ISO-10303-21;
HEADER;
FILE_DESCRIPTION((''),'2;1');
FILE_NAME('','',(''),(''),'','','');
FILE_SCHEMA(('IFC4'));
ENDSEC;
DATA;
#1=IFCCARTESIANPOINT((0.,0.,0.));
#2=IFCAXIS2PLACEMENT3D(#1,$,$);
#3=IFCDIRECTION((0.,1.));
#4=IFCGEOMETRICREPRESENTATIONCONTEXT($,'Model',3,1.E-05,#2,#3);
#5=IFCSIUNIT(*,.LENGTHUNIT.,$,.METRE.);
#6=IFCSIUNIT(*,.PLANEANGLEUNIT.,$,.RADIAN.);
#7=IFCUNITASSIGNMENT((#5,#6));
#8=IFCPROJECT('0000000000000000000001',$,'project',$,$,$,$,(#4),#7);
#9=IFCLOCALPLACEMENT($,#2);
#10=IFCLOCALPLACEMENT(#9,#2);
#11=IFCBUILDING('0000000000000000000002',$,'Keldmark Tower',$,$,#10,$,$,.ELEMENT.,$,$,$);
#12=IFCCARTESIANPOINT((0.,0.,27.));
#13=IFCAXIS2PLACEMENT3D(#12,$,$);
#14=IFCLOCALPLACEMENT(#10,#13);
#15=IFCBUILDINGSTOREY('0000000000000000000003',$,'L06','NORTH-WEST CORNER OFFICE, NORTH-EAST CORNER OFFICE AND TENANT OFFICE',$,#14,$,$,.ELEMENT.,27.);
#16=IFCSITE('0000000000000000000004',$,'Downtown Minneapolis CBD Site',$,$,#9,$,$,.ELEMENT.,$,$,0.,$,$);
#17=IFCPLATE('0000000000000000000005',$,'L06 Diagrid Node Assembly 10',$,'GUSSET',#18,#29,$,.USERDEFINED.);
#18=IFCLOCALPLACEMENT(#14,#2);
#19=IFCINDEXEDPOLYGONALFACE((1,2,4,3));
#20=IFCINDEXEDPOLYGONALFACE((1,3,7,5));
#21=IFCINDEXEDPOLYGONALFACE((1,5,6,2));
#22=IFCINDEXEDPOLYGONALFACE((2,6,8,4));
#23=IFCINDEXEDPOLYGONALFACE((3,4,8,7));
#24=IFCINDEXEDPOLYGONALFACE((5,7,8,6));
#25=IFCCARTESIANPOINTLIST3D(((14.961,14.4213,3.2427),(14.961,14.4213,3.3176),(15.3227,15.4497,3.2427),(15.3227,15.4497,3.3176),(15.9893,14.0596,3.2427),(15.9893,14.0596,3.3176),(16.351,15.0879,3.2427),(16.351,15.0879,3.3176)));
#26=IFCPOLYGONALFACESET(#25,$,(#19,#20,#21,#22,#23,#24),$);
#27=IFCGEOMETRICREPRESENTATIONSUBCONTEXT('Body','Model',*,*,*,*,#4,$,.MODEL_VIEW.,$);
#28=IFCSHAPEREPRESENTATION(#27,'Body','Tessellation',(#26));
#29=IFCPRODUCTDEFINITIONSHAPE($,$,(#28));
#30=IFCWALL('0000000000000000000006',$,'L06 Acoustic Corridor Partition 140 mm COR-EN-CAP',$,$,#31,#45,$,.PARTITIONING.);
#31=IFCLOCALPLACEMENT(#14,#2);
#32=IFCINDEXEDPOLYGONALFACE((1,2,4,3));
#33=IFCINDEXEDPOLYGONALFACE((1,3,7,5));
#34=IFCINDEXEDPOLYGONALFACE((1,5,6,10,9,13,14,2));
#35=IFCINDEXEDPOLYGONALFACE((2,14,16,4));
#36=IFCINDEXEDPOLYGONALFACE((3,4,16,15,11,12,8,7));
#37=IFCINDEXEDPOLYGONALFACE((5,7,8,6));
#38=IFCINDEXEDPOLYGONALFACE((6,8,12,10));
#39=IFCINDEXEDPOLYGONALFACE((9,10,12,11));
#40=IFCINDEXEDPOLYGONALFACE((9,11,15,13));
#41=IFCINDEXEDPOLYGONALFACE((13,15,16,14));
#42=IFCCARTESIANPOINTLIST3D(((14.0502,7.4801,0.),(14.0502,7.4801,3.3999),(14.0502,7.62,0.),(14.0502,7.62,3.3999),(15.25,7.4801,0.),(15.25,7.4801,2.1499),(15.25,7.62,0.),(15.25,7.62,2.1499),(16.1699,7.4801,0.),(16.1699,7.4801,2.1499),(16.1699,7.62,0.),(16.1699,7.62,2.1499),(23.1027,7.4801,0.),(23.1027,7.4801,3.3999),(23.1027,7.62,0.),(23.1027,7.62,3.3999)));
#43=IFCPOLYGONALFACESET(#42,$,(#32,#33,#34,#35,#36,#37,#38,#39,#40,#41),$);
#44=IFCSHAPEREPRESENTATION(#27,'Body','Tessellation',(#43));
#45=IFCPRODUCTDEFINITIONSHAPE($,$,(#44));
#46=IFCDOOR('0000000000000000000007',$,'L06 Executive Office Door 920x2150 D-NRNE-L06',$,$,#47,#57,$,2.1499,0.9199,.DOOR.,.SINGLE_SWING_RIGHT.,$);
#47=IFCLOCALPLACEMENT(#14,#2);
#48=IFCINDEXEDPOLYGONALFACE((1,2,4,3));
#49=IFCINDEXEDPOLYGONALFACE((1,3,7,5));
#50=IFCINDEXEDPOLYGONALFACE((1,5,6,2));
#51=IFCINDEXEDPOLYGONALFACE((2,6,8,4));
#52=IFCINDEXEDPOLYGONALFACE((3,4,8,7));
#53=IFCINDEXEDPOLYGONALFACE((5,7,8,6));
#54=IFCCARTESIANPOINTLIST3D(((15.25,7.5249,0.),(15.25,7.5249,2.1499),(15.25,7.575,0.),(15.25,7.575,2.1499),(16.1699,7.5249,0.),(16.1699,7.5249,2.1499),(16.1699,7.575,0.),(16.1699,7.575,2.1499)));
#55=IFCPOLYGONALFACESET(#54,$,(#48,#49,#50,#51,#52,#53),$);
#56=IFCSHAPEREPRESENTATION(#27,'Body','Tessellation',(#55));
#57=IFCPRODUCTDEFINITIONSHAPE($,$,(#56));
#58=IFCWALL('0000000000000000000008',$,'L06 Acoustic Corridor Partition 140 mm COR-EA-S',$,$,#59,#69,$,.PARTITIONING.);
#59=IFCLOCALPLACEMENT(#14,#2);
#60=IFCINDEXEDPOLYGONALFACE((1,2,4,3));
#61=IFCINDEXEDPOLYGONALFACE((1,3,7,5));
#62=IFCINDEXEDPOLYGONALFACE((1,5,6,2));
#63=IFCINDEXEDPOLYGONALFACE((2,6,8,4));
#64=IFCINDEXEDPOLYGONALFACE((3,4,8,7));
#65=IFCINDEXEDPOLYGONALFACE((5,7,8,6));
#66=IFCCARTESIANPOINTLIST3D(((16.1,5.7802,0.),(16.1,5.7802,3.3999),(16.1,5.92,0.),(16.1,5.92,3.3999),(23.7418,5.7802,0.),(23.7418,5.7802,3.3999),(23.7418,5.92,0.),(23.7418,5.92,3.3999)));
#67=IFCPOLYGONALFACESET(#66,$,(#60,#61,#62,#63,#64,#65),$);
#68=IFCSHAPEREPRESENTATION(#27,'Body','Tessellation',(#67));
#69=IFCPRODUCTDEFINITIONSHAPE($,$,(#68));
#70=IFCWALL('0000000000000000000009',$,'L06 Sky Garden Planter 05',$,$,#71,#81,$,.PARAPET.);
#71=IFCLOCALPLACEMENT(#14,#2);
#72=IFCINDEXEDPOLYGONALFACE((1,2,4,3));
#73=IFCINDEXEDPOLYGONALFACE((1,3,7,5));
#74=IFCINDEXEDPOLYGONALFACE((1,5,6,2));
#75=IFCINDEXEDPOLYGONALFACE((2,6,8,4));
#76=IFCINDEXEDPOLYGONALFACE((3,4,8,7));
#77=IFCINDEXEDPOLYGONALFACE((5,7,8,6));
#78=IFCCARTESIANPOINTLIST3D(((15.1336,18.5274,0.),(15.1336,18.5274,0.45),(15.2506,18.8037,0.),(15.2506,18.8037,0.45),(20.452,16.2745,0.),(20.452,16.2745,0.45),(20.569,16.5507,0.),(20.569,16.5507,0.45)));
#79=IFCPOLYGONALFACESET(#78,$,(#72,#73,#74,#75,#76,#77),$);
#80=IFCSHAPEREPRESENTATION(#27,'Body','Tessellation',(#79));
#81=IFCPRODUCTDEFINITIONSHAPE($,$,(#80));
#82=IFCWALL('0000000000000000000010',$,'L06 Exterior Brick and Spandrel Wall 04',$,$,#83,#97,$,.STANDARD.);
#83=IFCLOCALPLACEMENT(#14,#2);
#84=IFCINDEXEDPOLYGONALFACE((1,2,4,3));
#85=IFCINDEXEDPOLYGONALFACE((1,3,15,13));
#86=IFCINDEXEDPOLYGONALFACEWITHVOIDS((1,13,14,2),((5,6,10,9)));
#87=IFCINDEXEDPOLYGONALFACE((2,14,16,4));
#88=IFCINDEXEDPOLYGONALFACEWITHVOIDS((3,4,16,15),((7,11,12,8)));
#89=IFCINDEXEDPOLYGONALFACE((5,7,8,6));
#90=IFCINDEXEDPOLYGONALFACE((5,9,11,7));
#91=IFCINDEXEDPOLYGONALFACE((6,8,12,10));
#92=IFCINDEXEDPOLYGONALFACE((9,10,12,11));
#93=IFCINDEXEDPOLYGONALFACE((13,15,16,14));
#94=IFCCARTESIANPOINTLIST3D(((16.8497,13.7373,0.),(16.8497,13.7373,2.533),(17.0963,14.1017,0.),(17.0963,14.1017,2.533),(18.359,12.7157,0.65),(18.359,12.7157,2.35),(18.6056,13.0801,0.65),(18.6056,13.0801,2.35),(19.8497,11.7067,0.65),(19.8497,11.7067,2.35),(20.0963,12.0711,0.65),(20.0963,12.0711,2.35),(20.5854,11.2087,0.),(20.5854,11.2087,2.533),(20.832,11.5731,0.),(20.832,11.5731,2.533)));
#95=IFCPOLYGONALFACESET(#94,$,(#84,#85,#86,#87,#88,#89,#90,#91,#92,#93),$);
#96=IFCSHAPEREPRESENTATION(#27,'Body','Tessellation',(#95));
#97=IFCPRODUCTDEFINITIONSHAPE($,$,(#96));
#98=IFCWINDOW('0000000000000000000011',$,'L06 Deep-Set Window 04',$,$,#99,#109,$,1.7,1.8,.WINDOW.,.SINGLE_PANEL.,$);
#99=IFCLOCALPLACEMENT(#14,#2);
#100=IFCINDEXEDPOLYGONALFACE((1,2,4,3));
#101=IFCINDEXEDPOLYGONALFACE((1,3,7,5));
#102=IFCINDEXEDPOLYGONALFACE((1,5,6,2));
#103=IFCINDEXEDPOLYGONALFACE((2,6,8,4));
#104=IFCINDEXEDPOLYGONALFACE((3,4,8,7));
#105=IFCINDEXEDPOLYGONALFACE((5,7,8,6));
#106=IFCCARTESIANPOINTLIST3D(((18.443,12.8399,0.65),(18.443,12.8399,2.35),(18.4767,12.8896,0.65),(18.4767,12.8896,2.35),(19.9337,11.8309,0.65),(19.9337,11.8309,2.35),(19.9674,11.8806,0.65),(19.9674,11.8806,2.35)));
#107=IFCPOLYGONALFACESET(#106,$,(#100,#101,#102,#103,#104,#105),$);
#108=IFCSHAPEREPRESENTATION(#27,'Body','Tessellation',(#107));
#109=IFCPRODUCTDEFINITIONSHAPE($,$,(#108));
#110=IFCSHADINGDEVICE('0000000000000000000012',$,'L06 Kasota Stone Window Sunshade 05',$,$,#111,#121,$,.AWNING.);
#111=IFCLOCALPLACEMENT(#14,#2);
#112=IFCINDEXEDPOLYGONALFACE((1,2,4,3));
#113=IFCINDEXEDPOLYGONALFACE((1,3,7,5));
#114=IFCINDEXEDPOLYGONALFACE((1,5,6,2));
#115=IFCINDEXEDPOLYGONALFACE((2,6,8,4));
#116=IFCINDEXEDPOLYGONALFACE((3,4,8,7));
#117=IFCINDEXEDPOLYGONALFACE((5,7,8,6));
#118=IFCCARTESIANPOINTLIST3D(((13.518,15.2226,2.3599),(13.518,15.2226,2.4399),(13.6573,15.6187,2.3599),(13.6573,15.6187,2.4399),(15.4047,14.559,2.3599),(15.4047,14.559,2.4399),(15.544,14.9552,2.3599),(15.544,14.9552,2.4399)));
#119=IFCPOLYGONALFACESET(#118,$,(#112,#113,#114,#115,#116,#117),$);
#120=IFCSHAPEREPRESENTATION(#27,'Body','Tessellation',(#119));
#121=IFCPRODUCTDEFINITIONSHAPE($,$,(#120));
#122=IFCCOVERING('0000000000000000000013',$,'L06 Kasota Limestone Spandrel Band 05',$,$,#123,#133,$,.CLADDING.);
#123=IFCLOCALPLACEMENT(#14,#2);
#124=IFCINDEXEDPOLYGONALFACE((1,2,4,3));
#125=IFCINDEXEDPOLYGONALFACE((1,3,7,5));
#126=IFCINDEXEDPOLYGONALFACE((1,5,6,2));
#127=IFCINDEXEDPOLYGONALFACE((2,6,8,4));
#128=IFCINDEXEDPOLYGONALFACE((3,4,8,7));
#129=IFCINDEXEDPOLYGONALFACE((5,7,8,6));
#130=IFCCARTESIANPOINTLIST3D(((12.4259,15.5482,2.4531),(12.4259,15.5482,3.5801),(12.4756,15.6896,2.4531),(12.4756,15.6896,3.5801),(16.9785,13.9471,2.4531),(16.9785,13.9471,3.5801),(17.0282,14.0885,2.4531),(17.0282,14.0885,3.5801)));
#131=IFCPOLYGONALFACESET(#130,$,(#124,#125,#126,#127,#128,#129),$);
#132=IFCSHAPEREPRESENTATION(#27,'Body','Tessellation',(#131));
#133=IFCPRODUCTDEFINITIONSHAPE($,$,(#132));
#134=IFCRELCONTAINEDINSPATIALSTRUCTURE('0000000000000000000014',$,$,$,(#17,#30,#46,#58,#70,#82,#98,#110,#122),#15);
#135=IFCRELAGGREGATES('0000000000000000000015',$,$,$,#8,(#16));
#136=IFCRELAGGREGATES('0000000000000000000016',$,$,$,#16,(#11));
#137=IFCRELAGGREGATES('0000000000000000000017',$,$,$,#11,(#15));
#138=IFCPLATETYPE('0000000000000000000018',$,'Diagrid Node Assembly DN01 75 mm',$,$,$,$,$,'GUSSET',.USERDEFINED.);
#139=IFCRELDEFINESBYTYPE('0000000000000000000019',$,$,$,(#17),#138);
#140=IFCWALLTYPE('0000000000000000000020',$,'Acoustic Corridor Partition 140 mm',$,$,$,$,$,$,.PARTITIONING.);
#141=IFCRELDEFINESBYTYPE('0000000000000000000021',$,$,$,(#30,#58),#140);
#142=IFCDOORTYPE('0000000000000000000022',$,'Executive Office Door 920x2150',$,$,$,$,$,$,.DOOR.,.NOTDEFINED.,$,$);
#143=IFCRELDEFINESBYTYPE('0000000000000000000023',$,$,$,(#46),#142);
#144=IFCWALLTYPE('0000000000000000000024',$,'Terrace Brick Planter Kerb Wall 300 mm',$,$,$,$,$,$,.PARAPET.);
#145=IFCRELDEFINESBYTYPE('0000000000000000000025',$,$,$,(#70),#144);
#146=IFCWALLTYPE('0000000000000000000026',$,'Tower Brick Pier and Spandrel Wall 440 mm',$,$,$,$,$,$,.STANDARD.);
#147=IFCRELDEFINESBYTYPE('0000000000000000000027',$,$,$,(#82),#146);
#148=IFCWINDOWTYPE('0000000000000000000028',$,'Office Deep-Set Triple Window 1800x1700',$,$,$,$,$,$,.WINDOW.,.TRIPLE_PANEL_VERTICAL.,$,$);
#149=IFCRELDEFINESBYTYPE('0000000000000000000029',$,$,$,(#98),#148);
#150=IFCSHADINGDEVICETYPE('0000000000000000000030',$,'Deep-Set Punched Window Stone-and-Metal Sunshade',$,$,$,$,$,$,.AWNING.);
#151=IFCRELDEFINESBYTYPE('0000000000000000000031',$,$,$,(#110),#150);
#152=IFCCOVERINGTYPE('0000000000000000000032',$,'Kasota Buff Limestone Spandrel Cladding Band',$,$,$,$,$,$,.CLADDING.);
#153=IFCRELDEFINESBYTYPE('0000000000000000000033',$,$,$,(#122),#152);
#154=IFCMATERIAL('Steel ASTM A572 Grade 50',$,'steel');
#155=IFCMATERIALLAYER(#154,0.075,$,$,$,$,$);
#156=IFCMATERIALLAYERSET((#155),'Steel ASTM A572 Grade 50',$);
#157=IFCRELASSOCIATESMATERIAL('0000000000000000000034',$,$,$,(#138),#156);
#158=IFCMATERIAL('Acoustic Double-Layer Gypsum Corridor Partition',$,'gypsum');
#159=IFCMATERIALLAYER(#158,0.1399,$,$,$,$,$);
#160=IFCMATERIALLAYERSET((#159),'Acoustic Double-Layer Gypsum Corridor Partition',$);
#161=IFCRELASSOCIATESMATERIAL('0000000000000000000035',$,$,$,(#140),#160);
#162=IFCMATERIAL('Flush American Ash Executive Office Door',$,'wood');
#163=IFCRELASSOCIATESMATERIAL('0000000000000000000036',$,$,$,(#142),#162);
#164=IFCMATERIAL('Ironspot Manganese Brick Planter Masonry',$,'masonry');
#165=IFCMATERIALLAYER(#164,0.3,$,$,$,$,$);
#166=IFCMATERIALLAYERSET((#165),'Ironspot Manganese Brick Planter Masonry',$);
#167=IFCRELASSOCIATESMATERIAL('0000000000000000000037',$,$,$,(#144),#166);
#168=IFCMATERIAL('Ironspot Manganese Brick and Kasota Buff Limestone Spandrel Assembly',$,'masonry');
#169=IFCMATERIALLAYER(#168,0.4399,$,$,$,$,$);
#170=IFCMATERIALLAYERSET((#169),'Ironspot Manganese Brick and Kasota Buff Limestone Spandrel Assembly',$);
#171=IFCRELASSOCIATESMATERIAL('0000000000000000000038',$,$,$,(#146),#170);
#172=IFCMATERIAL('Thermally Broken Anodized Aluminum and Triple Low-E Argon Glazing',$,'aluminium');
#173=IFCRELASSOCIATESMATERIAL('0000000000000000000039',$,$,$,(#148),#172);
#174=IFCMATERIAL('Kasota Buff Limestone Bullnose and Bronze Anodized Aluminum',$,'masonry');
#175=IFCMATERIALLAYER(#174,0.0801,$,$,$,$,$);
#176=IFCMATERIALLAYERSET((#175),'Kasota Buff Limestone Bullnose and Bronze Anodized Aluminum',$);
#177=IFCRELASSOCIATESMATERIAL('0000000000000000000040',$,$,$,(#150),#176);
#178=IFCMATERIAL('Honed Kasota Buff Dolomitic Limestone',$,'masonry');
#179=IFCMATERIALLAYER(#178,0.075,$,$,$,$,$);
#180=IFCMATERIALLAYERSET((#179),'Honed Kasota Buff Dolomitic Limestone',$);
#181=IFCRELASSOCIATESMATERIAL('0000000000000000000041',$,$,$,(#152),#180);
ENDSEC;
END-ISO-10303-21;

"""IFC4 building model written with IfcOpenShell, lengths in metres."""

from ifc_helpers import new_model, si_unit, direction, frame, frame_2d, origin, origin_2d, place, context, subcontext, project, spatial, rectangle, extrude, material, layer, layer_set, type_object, element, fill, save


model = new_model("IFC4")

# Units and contexts
model_context = context("Model", 3, precision=1e-05, world=origin(), true_north=direction((0.0, 1.0)))
body_context = subcontext(model_context, "Body", "Model", "MODEL_VIEW")
ifc_project = project(units=[si_unit("LENGTHUNIT", "METRE"), si_unit("PLANEANGLEUNIT", "RADIAN")], contexts=[model_context])

# Site, building, storey
site_placement = place(None, origin())
site = spatial("IfcSite", under=ifc_project, at=site_placement, Name="Downtown Minneapolis CBD Site", CompositionType="ELEMENT", RefElevation=0.0)
building_placement = place(site_placement, origin())
building = spatial("IfcBuilding", under=site, at=building_placement, Name="Keldmark Tower", CompositionType="ELEMENT")
storey_placement = place(building_placement, frame((0.0, 0.0, 27.0)))
storey = spatial("IfcBuildingStorey", under=building, at=storey_placement, Name="L06", Description="NORTH-WEST CORNER OFFICE, NORTH-EAST CORNER OFFICE AND TENANT OFFICE", CompositionType="ELEMENT", Elevation=27.0)

# Plate
ifc_material_1 = material(Name="Steel ASTM A572 Grade 50", Category="steel")
ifc_layer_1 = layer(ifc_material_1, 0.075)
ifc_layer_set_1 = layer_set([ifc_layer_1], Name="Steel ASTM A572 Grade 50")
plate_type_1 = type_object("IfcPlateType", Name="Diagrid Node Assembly DN01 75 mm", ElementType="GUSSET", PredefinedType="USERDEFINED", material=ifc_layer_set_1)
for number, where, z_axis, x_axis, name in (
    (1, (15.656, 14.7546, 3.2427), (0.0, 0.0, 1.0), (-0.943339, 0.331832, 0.0), "L06 Diagrid Node Assembly 10"),
):
    element("IfcPlate", number, at=place(storey_placement, frame(where, z_axis=z_axis, x_axis=x_axis)), inside=storey, type_object=plate_type_1, Name=name, ObjectType="GUSSET", PredefinedType="USERDEFINED", context=body_context, shape_type="SweptSolid", body=[
        extrude(rectangle(XDim=1.0901, YDim=1.0901, at=origin_2d()), origin(), (0.0, 0.0, 1.0), 0.075),
    ])

# Wall, opening, door
ifc_material_2 = material(Name="Acoustic Double-Layer Gypsum Corridor Partition", Category="gypsum")
ifc_layer_2 = layer(ifc_material_2, 0.1399)
ifc_layer_set_2 = layer_set([ifc_layer_2], Name="Acoustic Double-Layer Gypsum Corridor Partition")
wall_type_1 = type_object("IfcWallType", Name="Acoustic Corridor Partition 140 mm", PredefinedType="PARTITIONING", material=ifc_layer_set_2)
wall_1_placement = place(storey_placement, frame((14.05, 7.55, 0.0), z_axis=(0.0, 0.0, 1.0), x_axis=(1.0, 0.0, 0.0)))
wall_1 = element("IfcWall", 2, at=wall_1_placement, inside=storey, type_object=wall_type_1, Name="L06 Acoustic Corridor Partition 140 mm COR-EN-CAP", PredefinedType="PARTITIONING", context=body_context, shape_type="SweptSolid", body=[
    extrude(rectangle(XDim=9.0525, YDim=0.1399, at=frame_2d((4.5264, 0.0))), origin(), (0.0, 0.0, 1.0), 3.3999),
])
opening_1_placement = place(wall_1_placement, frame((1.2, 0.0, 0.0)))
opening_1 = element("IfcOpeningElement", 3, at=opening_1_placement, cuts=wall_1, PredefinedType="OPENING", context=body_context, shape_type="SweptSolid", body=[
    extrude(rectangle(XDim=0.9199, YDim=2.1499, at=frame_2d((0.46, 1.075))), frame((0.0, 0.0798, 0.0), z_axis=(0.0, -1.0, 0.0), x_axis=(1.0, 0.0, 0.0)), (0.0, 0.0, 1.0), 0.1599),
])
ifc_material_3 = material(Name="Flush American Ash Executive Office Door", Category="wood")
door_type_1 = type_object("IfcDoorType", Name="Executive Office Door 920x2150", OperationType="NOTDEFINED", PredefinedType="DOOR", material=ifc_material_3)
door_1_placement = place(opening_1_placement, origin())
door_1 = element("IfcDoor", 4, at=door_1_placement, inside=storey, type_object=door_type_1, Name="L06 Executive Office Door 920x2150 D-NRNE-L06", OperationType="SINGLE_SWING_RIGHT", OverallHeight=2.1499, OverallWidth=0.9199, PredefinedType="DOOR", context=body_context, shape_type="SweptSolid", body=[
    extrude(rectangle(XDim=0.9199, YDim=2.1499, at=frame_2d((0.46, 1.075))), frame((0.0, 0.0249, 0.0), z_axis=(0.0, -1.0, 0.0), x_axis=(1.0, 0.0, 0.0)), (0.0, 0.0, 1.0), 0.05),
])
fill(opening_1, door_1)

# Wall
wall_2_placement = place(storey_placement, frame((16.1001, 5.8501, 0.0), z_axis=(0.0, 0.0, 1.0), x_axis=(1.0, 0.0, 0.0)))
element("IfcWall", 5, at=wall_2_placement, inside=storey, type_object=wall_type_1, Name="L06 Acoustic Corridor Partition 140 mm COR-EA-S", PredefinedType="PARTITIONING", context=body_context, shape_type="SweptSolid", body=[
    extrude(rectangle(XDim=7.6418, YDim=0.1399, at=frame_2d((3.8208, 0.0))), origin(), (0.0, 0.0, 1.0), 3.3999),
])

# Wall
ifc_material_4 = material(Name="Ironspot Manganese Brick Planter Masonry", Category="masonry")
ifc_layer_3 = layer(ifc_material_4, 0.3)
ifc_layer_set_3 = layer_set([ifc_layer_3], Name="Ironspot Manganese Brick Planter Masonry")
wall_type_2 = type_object("IfcWallType", Name="Terrace Brick Planter Kerb Wall 300 mm", PredefinedType="PARAPET", material=ifc_layer_set_3)
wall_3_placement = place(storey_placement, frame((20.5105, 16.4126, 0.0), z_axis=(0.0, 0.0, 1.0), x_axis=(-0.92079, 0.390059, 0.0)))
element("IfcWall", 6, at=wall_3_placement, inside=storey, type_object=wall_type_2, Name="L06 Sky Garden Planter 05", PredefinedType="PARAPET", context=body_context, shape_type="SweptSolid", body=[
    extrude(rectangle(XDim=5.7759, YDim=0.3, at=frame_2d((2.8879, 0.0))), origin(), (0.0, 0.0, 1.0), 0.45),
])

# Wall, opening, window
ifc_material_5 = material(Name="Ironspot Manganese Brick and Kasota Buff Limestone Spandrel Assembly", Category="masonry")
ifc_layer_4 = layer(ifc_material_5, 0.4399)
ifc_layer_set_4 = layer_set([ifc_layer_4], Name="Ironspot Manganese Brick and Kasota Buff Limestone Spandrel Assembly")
wall_type_3 = type_object("IfcWallType", Name="Tower Brick Pier and Spandrel Wall 440 mm", PredefinedType="STANDARD", material=ifc_layer_set_4)
wall_4_placement = place(storey_placement, frame((16.9731, 13.9194, 0.0), z_axis=(0.0, 0.0, 1.0), x_axis=(0.828125, -0.560544, 0.0)))
wall_4 = element("IfcWall", 7, at=wall_4_placement, inside=storey, type_object=wall_type_3, Name="L06 Exterior Brick and Spandrel Wall 04", PredefinedType="STANDARD", context=body_context, shape_type="SweptSolid", body=[
    extrude(rectangle(XDim=4.511, YDim=0.4399, at=frame_2d((2.2554, 0.0))), origin(), (0.0, 0.0, 1.0), 2.533),
])
opening_2_placement = place(wall_4_placement, frame((1.8225, 0.0, 0.6499)))
opening_2 = element("IfcOpeningElement", 8, at=opening_2_placement, cuts=wall_4, PredefinedType="OPENING", context=body_context, shape_type="SweptSolid", body=[
    extrude(rectangle(XDim=1.8, YDim=1.7, at=frame_2d((0.8999, 0.8501))), frame((0.0, 0.23, 0.0), z_axis=(0.0, -1.0, 0.0), x_axis=(1.0, 0.0, 0.0)), (0.0, 0.0, 1.0), 0.46),
])
ifc_material_6 = material(Name="Thermally Broken Anodized Aluminum and Triple Low-E Argon Glazing", Category="aluminium")
window_type = type_object("IfcWindowType", Name="Office Deep-Set Triple Window 1800x1700", PartitioningType="TRIPLE_PANEL_VERTICAL", PredefinedType="WINDOW", material=ifc_material_6)
window_placement = place(opening_2_placement, origin())
window = element("IfcWindow", 9, at=window_placement, inside=storey, type_object=window_type, Name="L06 Deep-Set Window 04", OverallHeight=1.7, OverallWidth=1.8, PartitioningType="SINGLE_PANEL", PredefinedType="WINDOW", context=body_context, shape_type="SweptSolid", body=[
    extrude(rectangle(XDim=1.8, YDim=1.7, at=frame_2d((0.8999, 0.8501))), frame((0.0, -0.01, 0.0), z_axis=(0.0, -1.0, 0.0), x_axis=(1.0, 0.0, 0.0)), (0.0, 0.0, 1.0), 0.0601),
])
fill(opening_2, window)

# Shading device
ifc_material_7 = material(Name="Kasota Buff Limestone Bullnose and Bronze Anodized Aluminum", Category="masonry")
ifc_layer_5 = layer(ifc_material_7, 0.0801)
ifc_layer_set_5 = layer_set([ifc_layer_5], Name="Kasota Buff Limestone Bullnose and Bronze Anodized Aluminum")
shading_device_type = type_object("IfcShadingDeviceType", Name="Deep-Set Punched Window Stone-and-Metal Sunshade", PredefinedType="AWNING", material=ifc_layer_set_5)
shading_device_placement = place(storey_placement, frame((14.531, 15.0889, 2.3599), z_axis=(0.0, 0.0, 1.0), x_axis=(0.943362, -0.331766, 0.0)))
element("IfcShadingDevice", 10, at=shading_device_placement, inside=storey, type_object=shading_device_type, Name="L06 Kasota Stone Window Sunshade 05", PredefinedType="AWNING", context=body_context, shape_type="SweptSolid", body=[
    extrude(rectangle(XDim=2.0, YDim=0.4199, at=origin_2d()), origin(), (0.0, 0.0, 1.0), 0.0801),
])

# Covering
ifc_material_8 = material(Name="Honed Kasota Buff Dolomitic Limestone", Category="masonry")
ifc_layer_6 = layer(ifc_material_8, 0.075)
ifc_layer_set_6 = layer_set([ifc_layer_6], Name="Honed Kasota Buff Dolomitic Limestone")
covering_type = type_object("IfcCoveringType", Name="Kasota Buff Limestone Spandrel Cladding Band", PredefinedType="CLADDING", material=ifc_layer_set_6)
covering_placement = place(storey_placement, frame((14.7271, 14.8184, 2.4531), z_axis=(0.0, 0.0, 1.0), x_axis=(-0.943362, 0.331766, 0.0)))
element("IfcCovering", 11, at=covering_placement, inside=storey, type_object=covering_type, Name="L06 Kasota Limestone Spandrel Band 05", PredefinedType="CLADDING", context=body_context, shape_type="SweptSolid", body=[
    extrude(rectangle(XDim=4.8259, YDim=0.1499, at=origin_2d()), origin(), (0.0, 0.0, 1.0), 1.127),
])

save(model, "model.ifc")
